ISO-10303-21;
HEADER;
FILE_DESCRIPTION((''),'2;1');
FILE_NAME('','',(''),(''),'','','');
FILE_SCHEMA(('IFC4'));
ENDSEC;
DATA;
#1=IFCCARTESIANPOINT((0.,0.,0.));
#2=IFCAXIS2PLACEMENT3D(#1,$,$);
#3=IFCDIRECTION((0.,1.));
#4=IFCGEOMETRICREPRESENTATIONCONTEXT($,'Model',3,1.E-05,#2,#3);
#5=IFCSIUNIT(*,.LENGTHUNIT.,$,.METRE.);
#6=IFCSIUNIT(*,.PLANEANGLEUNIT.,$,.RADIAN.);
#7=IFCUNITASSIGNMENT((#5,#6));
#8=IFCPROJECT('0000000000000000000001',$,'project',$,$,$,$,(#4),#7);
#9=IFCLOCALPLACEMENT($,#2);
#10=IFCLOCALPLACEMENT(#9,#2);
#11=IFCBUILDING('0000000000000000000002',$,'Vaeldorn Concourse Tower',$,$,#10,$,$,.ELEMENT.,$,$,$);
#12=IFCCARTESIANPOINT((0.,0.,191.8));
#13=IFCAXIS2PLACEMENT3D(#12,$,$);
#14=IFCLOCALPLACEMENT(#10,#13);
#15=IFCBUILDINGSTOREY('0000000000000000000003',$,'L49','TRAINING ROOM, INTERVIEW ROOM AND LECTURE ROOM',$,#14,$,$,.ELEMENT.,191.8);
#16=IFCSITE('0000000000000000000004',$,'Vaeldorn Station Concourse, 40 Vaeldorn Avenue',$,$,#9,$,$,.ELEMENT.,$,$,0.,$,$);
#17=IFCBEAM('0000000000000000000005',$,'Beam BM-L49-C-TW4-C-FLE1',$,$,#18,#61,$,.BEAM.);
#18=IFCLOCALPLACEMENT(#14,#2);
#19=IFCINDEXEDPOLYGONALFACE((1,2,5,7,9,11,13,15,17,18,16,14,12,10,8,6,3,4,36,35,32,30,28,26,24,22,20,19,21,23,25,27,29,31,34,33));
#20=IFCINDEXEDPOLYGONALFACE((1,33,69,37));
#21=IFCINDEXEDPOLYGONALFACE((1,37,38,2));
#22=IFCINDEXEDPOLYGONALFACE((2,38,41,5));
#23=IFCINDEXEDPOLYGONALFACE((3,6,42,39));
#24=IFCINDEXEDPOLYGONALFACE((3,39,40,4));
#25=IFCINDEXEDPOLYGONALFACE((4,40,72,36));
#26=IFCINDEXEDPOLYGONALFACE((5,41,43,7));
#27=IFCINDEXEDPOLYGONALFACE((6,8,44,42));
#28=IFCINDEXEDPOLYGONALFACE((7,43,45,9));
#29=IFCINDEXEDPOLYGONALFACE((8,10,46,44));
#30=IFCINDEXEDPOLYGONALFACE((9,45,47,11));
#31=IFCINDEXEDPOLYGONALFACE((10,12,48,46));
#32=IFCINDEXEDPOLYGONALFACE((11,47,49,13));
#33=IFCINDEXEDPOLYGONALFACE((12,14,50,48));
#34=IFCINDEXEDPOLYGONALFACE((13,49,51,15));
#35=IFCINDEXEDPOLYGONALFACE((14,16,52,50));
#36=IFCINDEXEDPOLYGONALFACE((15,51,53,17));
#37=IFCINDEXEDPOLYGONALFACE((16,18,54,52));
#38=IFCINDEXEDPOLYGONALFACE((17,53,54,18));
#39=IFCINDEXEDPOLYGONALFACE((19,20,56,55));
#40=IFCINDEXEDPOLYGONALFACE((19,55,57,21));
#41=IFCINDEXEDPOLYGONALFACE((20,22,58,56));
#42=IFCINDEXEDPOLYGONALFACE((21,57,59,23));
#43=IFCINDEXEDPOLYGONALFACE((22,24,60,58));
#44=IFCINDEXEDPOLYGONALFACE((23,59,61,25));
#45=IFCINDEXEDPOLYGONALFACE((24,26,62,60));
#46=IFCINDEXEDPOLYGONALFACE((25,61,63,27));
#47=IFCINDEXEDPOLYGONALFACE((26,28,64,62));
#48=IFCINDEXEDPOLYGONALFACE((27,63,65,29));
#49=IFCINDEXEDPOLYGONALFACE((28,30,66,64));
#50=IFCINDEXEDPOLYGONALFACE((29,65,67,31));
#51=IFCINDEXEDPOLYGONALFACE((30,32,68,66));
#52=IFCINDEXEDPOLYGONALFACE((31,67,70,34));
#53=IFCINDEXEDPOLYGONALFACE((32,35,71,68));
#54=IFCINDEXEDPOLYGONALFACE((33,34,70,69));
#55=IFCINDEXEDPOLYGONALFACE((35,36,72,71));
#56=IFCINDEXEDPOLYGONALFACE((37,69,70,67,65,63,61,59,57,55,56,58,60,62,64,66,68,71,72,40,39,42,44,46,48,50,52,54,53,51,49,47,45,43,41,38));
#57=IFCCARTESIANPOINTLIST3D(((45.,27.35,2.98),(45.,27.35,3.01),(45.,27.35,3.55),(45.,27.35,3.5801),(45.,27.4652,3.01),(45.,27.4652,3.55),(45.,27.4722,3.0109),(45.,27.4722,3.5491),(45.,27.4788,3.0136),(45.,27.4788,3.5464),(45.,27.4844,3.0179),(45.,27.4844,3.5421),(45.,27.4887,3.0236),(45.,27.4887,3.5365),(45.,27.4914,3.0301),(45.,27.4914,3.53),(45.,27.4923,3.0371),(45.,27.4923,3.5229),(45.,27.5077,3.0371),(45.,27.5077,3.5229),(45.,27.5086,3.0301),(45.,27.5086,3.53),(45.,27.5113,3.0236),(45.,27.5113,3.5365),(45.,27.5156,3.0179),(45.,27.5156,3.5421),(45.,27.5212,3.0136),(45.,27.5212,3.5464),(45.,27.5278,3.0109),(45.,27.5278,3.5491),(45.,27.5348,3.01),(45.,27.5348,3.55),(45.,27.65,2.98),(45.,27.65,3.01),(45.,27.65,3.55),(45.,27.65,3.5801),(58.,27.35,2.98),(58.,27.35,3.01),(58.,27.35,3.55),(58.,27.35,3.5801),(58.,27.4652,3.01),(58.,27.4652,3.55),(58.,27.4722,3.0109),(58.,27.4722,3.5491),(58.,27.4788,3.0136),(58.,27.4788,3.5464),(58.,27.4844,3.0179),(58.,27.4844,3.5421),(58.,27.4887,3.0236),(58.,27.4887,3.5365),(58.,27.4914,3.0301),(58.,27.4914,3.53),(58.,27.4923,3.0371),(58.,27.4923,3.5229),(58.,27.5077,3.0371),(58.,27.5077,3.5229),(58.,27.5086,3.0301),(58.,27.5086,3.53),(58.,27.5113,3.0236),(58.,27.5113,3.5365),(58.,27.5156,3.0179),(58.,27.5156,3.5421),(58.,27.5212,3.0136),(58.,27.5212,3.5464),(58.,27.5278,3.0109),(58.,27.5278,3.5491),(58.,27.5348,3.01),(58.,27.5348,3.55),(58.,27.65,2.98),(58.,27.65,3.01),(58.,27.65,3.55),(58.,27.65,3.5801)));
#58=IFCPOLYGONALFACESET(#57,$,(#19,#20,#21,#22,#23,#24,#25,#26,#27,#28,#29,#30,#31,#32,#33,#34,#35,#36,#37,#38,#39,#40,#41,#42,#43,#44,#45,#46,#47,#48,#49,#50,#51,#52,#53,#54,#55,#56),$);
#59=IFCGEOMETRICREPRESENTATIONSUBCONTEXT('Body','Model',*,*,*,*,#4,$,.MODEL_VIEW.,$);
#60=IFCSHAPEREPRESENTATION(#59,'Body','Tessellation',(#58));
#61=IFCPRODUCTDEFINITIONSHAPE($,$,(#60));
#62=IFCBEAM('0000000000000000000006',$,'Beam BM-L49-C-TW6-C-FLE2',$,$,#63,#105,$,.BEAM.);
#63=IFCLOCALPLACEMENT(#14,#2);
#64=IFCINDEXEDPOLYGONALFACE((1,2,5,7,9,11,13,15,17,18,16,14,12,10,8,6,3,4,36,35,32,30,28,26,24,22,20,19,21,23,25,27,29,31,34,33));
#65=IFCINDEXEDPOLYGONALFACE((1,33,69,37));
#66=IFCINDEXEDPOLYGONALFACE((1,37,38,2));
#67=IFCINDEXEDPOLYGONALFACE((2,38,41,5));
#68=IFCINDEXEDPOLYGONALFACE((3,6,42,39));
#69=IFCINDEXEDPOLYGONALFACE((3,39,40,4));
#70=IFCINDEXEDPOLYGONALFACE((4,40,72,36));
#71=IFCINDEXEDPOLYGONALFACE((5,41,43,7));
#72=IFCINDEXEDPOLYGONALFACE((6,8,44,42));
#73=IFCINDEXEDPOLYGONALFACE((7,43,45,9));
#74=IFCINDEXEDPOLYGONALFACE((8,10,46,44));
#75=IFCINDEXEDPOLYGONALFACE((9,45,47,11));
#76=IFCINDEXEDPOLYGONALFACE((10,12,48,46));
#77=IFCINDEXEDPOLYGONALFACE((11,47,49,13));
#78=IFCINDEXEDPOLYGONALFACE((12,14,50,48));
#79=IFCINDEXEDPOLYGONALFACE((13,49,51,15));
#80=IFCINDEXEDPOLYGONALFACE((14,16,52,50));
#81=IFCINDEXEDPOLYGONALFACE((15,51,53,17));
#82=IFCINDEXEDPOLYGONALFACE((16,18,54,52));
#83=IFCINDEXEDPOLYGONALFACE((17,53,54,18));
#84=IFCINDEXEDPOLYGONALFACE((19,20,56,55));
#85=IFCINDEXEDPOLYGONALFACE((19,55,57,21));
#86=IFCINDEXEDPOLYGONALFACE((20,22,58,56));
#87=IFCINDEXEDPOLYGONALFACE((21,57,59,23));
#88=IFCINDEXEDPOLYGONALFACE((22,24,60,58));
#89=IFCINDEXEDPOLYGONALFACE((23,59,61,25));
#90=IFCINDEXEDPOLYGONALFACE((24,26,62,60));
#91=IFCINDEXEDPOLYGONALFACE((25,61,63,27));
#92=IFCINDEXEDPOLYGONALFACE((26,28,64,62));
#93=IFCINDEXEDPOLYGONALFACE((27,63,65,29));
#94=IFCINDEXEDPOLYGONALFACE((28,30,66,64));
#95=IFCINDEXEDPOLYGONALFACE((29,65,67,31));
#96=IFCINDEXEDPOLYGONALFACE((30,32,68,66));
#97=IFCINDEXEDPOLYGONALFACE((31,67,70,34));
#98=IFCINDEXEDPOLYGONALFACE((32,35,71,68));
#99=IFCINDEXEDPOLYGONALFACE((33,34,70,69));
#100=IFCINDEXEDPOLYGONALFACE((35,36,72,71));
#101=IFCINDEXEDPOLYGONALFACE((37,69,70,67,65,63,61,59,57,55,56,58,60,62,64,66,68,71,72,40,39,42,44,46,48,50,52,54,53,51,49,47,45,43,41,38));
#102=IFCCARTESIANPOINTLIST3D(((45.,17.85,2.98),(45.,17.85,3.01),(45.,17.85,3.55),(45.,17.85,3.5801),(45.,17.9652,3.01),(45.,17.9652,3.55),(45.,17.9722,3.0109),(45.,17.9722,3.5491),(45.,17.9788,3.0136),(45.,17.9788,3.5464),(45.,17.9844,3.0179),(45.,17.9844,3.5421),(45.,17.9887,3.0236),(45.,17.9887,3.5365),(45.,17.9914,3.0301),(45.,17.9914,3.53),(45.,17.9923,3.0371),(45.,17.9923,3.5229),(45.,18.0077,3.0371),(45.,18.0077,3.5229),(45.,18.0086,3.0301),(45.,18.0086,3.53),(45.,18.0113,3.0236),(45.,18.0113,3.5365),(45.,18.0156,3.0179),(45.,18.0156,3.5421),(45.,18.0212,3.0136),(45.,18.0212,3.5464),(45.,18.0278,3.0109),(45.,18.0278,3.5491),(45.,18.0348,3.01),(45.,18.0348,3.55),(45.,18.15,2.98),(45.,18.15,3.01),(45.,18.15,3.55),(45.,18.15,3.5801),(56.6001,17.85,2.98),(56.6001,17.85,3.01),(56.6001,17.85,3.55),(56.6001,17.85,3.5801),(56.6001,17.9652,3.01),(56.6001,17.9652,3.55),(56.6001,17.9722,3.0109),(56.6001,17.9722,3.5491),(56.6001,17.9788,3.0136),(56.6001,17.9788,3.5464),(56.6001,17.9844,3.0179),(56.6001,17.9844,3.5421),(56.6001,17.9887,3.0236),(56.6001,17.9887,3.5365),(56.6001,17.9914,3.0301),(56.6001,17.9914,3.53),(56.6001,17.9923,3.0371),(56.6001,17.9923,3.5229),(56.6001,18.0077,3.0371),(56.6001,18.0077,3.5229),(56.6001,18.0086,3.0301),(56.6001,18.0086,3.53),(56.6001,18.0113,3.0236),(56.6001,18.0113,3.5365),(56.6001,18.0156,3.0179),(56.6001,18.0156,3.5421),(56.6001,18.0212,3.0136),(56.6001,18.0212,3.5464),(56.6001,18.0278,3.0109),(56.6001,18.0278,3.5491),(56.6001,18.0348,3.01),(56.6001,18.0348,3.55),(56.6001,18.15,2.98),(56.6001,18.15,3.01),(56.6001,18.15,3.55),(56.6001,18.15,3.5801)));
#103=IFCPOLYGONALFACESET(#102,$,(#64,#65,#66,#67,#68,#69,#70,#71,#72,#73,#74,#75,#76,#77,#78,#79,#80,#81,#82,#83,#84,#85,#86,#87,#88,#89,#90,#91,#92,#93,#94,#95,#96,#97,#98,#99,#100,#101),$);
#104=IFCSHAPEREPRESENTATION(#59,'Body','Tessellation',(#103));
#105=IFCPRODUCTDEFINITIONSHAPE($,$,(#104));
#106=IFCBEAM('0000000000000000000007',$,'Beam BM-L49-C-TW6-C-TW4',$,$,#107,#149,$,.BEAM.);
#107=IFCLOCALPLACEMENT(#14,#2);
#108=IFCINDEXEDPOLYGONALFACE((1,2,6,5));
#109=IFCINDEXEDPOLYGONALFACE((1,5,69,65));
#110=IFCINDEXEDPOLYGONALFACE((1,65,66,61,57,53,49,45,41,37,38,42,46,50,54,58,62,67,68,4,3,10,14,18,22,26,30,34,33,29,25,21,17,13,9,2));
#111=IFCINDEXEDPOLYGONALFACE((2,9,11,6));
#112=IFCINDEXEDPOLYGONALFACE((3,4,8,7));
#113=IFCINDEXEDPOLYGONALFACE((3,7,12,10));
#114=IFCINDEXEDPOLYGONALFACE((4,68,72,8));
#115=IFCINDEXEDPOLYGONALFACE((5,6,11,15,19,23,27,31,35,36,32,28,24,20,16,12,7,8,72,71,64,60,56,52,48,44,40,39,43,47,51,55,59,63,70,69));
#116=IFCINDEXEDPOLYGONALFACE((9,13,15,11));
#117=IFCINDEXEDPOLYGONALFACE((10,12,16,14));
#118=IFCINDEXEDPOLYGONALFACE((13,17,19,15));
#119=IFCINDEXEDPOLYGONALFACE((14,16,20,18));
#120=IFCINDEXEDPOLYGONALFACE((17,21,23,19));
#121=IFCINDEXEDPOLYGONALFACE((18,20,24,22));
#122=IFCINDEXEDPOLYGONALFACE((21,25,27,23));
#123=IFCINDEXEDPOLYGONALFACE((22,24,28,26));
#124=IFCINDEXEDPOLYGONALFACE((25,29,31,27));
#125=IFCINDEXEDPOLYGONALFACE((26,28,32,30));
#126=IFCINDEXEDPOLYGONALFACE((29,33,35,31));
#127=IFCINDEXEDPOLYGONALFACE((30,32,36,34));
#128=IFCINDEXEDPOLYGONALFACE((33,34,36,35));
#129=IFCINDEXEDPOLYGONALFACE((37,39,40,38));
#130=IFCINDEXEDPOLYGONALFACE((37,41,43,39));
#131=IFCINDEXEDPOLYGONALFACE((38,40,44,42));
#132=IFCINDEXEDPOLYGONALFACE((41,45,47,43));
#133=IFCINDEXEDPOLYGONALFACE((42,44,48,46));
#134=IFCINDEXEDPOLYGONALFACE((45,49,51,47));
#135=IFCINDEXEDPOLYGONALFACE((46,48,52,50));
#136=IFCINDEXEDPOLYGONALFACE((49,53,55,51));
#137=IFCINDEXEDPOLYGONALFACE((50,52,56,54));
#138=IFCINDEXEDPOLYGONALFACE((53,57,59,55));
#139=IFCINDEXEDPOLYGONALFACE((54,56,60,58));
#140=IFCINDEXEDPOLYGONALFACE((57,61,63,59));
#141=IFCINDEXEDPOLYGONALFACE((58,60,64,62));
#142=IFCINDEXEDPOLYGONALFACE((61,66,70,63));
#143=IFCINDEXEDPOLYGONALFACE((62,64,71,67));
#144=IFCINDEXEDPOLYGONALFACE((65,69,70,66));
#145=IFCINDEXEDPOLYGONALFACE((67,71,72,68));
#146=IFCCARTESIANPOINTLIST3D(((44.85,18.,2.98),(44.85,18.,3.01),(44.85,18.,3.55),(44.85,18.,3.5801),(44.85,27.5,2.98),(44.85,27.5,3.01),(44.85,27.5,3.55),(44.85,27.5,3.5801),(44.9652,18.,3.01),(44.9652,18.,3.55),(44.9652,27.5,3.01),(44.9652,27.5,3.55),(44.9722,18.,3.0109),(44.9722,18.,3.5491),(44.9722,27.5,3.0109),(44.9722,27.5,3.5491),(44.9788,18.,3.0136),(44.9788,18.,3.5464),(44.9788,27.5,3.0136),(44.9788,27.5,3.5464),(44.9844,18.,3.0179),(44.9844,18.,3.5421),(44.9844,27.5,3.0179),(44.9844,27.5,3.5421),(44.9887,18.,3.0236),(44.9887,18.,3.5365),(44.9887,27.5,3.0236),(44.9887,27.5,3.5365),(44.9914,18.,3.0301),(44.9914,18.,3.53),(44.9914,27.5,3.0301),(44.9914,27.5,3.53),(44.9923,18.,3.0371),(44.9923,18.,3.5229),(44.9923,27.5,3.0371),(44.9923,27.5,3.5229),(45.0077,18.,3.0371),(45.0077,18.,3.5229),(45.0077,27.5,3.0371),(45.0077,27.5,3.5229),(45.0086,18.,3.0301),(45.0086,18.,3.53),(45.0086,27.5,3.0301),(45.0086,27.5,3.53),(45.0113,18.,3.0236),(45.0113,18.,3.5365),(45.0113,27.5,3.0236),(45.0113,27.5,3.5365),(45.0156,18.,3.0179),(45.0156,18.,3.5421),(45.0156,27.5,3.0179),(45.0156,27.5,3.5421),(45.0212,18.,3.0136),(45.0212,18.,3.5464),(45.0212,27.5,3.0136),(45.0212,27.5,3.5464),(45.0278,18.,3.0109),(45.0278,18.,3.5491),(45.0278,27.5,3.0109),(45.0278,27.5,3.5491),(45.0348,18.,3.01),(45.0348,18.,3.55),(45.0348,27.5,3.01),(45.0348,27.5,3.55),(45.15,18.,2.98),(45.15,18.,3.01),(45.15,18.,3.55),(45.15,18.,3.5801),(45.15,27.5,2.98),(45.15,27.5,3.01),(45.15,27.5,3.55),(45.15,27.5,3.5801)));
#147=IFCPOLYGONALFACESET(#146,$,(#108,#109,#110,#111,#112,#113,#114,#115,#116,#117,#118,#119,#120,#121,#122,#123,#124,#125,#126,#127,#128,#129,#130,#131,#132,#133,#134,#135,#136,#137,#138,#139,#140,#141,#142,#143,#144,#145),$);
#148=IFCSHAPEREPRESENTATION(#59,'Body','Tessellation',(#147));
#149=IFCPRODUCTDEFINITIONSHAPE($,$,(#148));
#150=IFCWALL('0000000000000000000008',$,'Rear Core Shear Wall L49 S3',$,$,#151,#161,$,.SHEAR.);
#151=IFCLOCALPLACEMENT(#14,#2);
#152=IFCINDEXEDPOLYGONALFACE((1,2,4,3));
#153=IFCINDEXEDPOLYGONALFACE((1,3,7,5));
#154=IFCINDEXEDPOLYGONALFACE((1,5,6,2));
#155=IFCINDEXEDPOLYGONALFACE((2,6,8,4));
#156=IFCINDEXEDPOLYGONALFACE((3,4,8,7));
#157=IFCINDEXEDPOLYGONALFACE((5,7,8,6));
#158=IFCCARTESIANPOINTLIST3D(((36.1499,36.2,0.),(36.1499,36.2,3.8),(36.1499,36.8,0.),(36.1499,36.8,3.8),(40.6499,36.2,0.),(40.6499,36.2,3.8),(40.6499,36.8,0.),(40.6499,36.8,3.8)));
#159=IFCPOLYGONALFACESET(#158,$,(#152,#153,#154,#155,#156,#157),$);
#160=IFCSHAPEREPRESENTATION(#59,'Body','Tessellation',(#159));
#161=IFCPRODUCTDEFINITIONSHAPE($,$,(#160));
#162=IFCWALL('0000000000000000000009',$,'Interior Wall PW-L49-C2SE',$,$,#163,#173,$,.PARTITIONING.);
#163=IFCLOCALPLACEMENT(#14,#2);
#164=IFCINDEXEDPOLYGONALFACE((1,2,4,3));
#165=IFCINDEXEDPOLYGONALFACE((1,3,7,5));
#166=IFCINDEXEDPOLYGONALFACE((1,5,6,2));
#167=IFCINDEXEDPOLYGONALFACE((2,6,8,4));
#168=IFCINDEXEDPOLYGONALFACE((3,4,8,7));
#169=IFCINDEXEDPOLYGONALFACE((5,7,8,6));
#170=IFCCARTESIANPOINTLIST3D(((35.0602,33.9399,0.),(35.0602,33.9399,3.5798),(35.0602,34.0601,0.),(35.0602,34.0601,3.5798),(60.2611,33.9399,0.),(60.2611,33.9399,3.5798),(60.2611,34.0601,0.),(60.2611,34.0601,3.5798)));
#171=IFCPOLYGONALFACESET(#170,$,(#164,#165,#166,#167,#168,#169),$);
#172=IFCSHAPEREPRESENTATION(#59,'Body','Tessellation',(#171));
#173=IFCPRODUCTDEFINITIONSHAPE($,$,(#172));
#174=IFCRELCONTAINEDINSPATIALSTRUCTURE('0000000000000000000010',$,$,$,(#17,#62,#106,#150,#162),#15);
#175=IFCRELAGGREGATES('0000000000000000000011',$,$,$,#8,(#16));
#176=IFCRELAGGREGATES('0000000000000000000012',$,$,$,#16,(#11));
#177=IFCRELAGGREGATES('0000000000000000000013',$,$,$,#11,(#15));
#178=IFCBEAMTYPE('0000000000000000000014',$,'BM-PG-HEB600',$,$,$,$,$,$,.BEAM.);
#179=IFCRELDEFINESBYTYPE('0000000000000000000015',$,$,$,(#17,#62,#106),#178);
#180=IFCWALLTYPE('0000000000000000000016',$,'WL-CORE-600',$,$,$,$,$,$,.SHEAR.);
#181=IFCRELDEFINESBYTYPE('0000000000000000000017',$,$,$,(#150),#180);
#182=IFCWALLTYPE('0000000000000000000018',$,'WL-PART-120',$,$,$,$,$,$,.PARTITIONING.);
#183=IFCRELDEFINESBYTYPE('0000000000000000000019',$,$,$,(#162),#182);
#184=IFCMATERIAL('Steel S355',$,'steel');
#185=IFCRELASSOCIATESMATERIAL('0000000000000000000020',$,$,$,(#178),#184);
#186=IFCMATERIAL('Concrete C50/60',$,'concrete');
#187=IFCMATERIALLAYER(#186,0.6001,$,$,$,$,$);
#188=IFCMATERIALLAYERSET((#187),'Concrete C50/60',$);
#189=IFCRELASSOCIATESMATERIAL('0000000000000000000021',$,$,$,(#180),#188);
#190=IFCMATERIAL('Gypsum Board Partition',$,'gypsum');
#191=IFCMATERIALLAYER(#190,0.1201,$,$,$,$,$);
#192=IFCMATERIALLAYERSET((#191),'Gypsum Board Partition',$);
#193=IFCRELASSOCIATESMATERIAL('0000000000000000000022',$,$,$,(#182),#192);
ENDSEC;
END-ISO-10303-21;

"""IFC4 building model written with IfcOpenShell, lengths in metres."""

from ifc_helpers import new_model, si_unit, direction, frame, frame_2d, origin, origin_2d, place, context, subcontext, project, spatial, rectangle, i_section, extrude, source, transform, mapped, material, layer, layer_set, material_profile, profile_set, type_object, element, save


model = new_model("IFC4")

# Units and contexts
model_context = context("Model", 3, precision=1e-05, world=origin(), true_north=direction((0.0, 1.0)))
body_context = subcontext(model_context, "Body", "Model", "MODEL_VIEW")
ifc_project = project(units=[si_unit("LENGTHUNIT", "METRE"), si_unit("PLANEANGLEUNIT", "RADIAN")], contexts=[model_context])

# Site, building, storey
site_placement = place(None, origin())
site = spatial("IfcSite", under=ifc_project, at=site_placement, Name="Vaeldorn Station Concourse, 40 Vaeldorn Avenue", CompositionType="ELEMENT", RefElevation=0.0)
building_placement = place(site_placement, origin())
building = spatial("IfcBuilding", under=site, at=building_placement, Name="Vaeldorn Concourse Tower", CompositionType="ELEMENT")
storey_placement = place(building_placement, frame((0.0, 0.0, 191.8)))
storey = spatial("IfcBuildingStorey", under=building, at=storey_placement, Name="L49", Description="TRAINING ROOM, INTERVIEW ROOM AND LECTURE ROOM", CompositionType="ELEMENT", Elevation=191.8)

# Shared definitions
ifc_material_1 = material(Name="Steel S355", Category="steel")

# Beams
ifc_material_profile_1 = material_profile(ifc_material_1, i_section(OverallWidth=0.3, OverallDepth=0.6001, WebThickness=0.0154, FlangeThickness=0.03, FilletRadius=0.0271, at=origin_2d()), Name="HEB 600")
ifc_profile_set_1 = profile_set([ifc_material_profile_1], Name="Steel S355")
beam_type_1 = type_object("IfcBeamType", Name="BM-PG-HEB600", PredefinedType="BEAM", material=ifc_profile_set_1)
shared_shape_1 = source(origin(), body_context, "Body", "SweptSolid", [
    extrude(i_section(OverallWidth=0.3, OverallDepth=0.6001, WebThickness=0.0154, FlangeThickness=0.03, FilletRadius=0.0271, at=origin_2d()), origin(), (0.0, 0.0, 1.0), 13.0),
])
beam_1_placement = place(storey_placement, frame((45.0, 27.5, 3.28), z_axis=(1.0, 0.0, 0.0), x_axis=(0.0, 1.0, 0.0)))
element("IfcBeam", 1, at=beam_1_placement, inside=storey, type_object=beam_type_1, Name="Beam BM-L49-C-TW4-C-FLE1", PredefinedType="BEAM", context=body_context, shape_type="MappedRepresentation", body=[
    mapped(shared_shape_1, transform((0.0, 0.0, 0.0), scale=1.0)),
])
shared_shape_2 = source(origin(), body_context, "Body", "SweptSolid", [
    extrude(i_section(OverallWidth=0.3, OverallDepth=0.6001, WebThickness=0.0154, FlangeThickness=0.03, FilletRadius=0.0271, at=origin_2d()), origin(), (0.0, 0.0, 1.0), 11.6001),
])
beam_2_placement = place(storey_placement, frame((45.0, 18.0, 3.28), z_axis=(1.0, 0.0, 0.0), x_axis=(0.0, 1.0, 0.0)))
element("IfcBeam", 2, at=beam_2_placement, inside=storey, type_object=beam_type_1, Name="Beam BM-L49-C-TW6-C-FLE2", PredefinedType="BEAM", context=body_context, shape_type="MappedRepresentation", body=[
    mapped(shared_shape_2, transform((0.0, 0.0, 0.0), scale=1.0)),
])
shared_shape_3 = source(origin(), body_context, "Body", "SweptSolid", [
    extrude(i_section(OverallWidth=0.3, OverallDepth=0.6001, WebThickness=0.0154, FlangeThickness=0.03, FilletRadius=0.0271, at=origin_2d()), origin(), (0.0, 0.0, 1.0), 9.5),
])
beam_3_placement = place(storey_placement, frame((45.0, 18.0, 3.28), z_axis=(0.0, 1.0, 0.0), x_axis=(-1.0, 0.0, 0.0)))
element("IfcBeam", 3, at=beam_3_placement, inside=storey, type_object=beam_type_1, Name="Beam BM-L49-C-TW6-C-TW4", PredefinedType="BEAM", context=body_context, shape_type="MappedRepresentation", body=[
    mapped(shared_shape_3, transform((0.0, 0.0, 0.0), scale=1.0)),
])

# Walls
ifc_material_2 = material(Name="Concrete C50/60", Category="concrete")
ifc_layer_1 = layer(ifc_material_2, 0.6001)
ifc_layer_set_1 = layer_set([ifc_layer_1], Name="Concrete C50/60")
wall_type_1 = type_object("IfcWallType", Name="WL-CORE-600", PredefinedType="SHEAR", material=ifc_layer_set_1)
wall_1_placement = place(storey_placement, frame((36.1499, 36.5, 0.0), z_axis=(0.0, 0.0, 1.0), x_axis=(1.0, 0.0, 0.0)))
element("IfcWall", 4, at=wall_1_placement, inside=storey, type_object=wall_type_1, Name="Rear Core Shear Wall L49 S3", PredefinedType="SHEAR", context=body_context, shape_type="SweptSolid", body=[
    extrude(rectangle(XDim=4.5, YDim=0.6001, at=frame_2d((2.25, 0.0))), origin(), (0.0, 0.0, 1.0), 3.8),
])
ifc_material_3 = material(Name="Gypsum Board Partition", Category="gypsum")
ifc_layer_2 = layer(ifc_material_3, 0.1201)
ifc_layer_set_2 = layer_set([ifc_layer_2], Name="Gypsum Board Partition")
wall_type_2 = type_object("IfcWallType", Name="WL-PART-120", PredefinedType="PARTITIONING", material=ifc_layer_set_2)
wall_2_placement = place(storey_placement, frame((35.0601, 34.0, 0.0), z_axis=(0.0, 0.0, 1.0), x_axis=(1.0, 0.0, 0.0)))
element("IfcWall", 5, at=wall_2_placement, inside=storey, type_object=wall_type_2, Name="Interior Wall PW-L49-C2SE", PredefinedType="PARTITIONING", context=body_context, shape_type="SweptSolid", body=[
    extrude(rectangle(XDim=25.2009, YDim=0.1201, at=frame_2d((12.6006, 0.0))), origin(), (0.0, 0.0, 1.0), 3.5798),
])

save(model, "model.ifc")
